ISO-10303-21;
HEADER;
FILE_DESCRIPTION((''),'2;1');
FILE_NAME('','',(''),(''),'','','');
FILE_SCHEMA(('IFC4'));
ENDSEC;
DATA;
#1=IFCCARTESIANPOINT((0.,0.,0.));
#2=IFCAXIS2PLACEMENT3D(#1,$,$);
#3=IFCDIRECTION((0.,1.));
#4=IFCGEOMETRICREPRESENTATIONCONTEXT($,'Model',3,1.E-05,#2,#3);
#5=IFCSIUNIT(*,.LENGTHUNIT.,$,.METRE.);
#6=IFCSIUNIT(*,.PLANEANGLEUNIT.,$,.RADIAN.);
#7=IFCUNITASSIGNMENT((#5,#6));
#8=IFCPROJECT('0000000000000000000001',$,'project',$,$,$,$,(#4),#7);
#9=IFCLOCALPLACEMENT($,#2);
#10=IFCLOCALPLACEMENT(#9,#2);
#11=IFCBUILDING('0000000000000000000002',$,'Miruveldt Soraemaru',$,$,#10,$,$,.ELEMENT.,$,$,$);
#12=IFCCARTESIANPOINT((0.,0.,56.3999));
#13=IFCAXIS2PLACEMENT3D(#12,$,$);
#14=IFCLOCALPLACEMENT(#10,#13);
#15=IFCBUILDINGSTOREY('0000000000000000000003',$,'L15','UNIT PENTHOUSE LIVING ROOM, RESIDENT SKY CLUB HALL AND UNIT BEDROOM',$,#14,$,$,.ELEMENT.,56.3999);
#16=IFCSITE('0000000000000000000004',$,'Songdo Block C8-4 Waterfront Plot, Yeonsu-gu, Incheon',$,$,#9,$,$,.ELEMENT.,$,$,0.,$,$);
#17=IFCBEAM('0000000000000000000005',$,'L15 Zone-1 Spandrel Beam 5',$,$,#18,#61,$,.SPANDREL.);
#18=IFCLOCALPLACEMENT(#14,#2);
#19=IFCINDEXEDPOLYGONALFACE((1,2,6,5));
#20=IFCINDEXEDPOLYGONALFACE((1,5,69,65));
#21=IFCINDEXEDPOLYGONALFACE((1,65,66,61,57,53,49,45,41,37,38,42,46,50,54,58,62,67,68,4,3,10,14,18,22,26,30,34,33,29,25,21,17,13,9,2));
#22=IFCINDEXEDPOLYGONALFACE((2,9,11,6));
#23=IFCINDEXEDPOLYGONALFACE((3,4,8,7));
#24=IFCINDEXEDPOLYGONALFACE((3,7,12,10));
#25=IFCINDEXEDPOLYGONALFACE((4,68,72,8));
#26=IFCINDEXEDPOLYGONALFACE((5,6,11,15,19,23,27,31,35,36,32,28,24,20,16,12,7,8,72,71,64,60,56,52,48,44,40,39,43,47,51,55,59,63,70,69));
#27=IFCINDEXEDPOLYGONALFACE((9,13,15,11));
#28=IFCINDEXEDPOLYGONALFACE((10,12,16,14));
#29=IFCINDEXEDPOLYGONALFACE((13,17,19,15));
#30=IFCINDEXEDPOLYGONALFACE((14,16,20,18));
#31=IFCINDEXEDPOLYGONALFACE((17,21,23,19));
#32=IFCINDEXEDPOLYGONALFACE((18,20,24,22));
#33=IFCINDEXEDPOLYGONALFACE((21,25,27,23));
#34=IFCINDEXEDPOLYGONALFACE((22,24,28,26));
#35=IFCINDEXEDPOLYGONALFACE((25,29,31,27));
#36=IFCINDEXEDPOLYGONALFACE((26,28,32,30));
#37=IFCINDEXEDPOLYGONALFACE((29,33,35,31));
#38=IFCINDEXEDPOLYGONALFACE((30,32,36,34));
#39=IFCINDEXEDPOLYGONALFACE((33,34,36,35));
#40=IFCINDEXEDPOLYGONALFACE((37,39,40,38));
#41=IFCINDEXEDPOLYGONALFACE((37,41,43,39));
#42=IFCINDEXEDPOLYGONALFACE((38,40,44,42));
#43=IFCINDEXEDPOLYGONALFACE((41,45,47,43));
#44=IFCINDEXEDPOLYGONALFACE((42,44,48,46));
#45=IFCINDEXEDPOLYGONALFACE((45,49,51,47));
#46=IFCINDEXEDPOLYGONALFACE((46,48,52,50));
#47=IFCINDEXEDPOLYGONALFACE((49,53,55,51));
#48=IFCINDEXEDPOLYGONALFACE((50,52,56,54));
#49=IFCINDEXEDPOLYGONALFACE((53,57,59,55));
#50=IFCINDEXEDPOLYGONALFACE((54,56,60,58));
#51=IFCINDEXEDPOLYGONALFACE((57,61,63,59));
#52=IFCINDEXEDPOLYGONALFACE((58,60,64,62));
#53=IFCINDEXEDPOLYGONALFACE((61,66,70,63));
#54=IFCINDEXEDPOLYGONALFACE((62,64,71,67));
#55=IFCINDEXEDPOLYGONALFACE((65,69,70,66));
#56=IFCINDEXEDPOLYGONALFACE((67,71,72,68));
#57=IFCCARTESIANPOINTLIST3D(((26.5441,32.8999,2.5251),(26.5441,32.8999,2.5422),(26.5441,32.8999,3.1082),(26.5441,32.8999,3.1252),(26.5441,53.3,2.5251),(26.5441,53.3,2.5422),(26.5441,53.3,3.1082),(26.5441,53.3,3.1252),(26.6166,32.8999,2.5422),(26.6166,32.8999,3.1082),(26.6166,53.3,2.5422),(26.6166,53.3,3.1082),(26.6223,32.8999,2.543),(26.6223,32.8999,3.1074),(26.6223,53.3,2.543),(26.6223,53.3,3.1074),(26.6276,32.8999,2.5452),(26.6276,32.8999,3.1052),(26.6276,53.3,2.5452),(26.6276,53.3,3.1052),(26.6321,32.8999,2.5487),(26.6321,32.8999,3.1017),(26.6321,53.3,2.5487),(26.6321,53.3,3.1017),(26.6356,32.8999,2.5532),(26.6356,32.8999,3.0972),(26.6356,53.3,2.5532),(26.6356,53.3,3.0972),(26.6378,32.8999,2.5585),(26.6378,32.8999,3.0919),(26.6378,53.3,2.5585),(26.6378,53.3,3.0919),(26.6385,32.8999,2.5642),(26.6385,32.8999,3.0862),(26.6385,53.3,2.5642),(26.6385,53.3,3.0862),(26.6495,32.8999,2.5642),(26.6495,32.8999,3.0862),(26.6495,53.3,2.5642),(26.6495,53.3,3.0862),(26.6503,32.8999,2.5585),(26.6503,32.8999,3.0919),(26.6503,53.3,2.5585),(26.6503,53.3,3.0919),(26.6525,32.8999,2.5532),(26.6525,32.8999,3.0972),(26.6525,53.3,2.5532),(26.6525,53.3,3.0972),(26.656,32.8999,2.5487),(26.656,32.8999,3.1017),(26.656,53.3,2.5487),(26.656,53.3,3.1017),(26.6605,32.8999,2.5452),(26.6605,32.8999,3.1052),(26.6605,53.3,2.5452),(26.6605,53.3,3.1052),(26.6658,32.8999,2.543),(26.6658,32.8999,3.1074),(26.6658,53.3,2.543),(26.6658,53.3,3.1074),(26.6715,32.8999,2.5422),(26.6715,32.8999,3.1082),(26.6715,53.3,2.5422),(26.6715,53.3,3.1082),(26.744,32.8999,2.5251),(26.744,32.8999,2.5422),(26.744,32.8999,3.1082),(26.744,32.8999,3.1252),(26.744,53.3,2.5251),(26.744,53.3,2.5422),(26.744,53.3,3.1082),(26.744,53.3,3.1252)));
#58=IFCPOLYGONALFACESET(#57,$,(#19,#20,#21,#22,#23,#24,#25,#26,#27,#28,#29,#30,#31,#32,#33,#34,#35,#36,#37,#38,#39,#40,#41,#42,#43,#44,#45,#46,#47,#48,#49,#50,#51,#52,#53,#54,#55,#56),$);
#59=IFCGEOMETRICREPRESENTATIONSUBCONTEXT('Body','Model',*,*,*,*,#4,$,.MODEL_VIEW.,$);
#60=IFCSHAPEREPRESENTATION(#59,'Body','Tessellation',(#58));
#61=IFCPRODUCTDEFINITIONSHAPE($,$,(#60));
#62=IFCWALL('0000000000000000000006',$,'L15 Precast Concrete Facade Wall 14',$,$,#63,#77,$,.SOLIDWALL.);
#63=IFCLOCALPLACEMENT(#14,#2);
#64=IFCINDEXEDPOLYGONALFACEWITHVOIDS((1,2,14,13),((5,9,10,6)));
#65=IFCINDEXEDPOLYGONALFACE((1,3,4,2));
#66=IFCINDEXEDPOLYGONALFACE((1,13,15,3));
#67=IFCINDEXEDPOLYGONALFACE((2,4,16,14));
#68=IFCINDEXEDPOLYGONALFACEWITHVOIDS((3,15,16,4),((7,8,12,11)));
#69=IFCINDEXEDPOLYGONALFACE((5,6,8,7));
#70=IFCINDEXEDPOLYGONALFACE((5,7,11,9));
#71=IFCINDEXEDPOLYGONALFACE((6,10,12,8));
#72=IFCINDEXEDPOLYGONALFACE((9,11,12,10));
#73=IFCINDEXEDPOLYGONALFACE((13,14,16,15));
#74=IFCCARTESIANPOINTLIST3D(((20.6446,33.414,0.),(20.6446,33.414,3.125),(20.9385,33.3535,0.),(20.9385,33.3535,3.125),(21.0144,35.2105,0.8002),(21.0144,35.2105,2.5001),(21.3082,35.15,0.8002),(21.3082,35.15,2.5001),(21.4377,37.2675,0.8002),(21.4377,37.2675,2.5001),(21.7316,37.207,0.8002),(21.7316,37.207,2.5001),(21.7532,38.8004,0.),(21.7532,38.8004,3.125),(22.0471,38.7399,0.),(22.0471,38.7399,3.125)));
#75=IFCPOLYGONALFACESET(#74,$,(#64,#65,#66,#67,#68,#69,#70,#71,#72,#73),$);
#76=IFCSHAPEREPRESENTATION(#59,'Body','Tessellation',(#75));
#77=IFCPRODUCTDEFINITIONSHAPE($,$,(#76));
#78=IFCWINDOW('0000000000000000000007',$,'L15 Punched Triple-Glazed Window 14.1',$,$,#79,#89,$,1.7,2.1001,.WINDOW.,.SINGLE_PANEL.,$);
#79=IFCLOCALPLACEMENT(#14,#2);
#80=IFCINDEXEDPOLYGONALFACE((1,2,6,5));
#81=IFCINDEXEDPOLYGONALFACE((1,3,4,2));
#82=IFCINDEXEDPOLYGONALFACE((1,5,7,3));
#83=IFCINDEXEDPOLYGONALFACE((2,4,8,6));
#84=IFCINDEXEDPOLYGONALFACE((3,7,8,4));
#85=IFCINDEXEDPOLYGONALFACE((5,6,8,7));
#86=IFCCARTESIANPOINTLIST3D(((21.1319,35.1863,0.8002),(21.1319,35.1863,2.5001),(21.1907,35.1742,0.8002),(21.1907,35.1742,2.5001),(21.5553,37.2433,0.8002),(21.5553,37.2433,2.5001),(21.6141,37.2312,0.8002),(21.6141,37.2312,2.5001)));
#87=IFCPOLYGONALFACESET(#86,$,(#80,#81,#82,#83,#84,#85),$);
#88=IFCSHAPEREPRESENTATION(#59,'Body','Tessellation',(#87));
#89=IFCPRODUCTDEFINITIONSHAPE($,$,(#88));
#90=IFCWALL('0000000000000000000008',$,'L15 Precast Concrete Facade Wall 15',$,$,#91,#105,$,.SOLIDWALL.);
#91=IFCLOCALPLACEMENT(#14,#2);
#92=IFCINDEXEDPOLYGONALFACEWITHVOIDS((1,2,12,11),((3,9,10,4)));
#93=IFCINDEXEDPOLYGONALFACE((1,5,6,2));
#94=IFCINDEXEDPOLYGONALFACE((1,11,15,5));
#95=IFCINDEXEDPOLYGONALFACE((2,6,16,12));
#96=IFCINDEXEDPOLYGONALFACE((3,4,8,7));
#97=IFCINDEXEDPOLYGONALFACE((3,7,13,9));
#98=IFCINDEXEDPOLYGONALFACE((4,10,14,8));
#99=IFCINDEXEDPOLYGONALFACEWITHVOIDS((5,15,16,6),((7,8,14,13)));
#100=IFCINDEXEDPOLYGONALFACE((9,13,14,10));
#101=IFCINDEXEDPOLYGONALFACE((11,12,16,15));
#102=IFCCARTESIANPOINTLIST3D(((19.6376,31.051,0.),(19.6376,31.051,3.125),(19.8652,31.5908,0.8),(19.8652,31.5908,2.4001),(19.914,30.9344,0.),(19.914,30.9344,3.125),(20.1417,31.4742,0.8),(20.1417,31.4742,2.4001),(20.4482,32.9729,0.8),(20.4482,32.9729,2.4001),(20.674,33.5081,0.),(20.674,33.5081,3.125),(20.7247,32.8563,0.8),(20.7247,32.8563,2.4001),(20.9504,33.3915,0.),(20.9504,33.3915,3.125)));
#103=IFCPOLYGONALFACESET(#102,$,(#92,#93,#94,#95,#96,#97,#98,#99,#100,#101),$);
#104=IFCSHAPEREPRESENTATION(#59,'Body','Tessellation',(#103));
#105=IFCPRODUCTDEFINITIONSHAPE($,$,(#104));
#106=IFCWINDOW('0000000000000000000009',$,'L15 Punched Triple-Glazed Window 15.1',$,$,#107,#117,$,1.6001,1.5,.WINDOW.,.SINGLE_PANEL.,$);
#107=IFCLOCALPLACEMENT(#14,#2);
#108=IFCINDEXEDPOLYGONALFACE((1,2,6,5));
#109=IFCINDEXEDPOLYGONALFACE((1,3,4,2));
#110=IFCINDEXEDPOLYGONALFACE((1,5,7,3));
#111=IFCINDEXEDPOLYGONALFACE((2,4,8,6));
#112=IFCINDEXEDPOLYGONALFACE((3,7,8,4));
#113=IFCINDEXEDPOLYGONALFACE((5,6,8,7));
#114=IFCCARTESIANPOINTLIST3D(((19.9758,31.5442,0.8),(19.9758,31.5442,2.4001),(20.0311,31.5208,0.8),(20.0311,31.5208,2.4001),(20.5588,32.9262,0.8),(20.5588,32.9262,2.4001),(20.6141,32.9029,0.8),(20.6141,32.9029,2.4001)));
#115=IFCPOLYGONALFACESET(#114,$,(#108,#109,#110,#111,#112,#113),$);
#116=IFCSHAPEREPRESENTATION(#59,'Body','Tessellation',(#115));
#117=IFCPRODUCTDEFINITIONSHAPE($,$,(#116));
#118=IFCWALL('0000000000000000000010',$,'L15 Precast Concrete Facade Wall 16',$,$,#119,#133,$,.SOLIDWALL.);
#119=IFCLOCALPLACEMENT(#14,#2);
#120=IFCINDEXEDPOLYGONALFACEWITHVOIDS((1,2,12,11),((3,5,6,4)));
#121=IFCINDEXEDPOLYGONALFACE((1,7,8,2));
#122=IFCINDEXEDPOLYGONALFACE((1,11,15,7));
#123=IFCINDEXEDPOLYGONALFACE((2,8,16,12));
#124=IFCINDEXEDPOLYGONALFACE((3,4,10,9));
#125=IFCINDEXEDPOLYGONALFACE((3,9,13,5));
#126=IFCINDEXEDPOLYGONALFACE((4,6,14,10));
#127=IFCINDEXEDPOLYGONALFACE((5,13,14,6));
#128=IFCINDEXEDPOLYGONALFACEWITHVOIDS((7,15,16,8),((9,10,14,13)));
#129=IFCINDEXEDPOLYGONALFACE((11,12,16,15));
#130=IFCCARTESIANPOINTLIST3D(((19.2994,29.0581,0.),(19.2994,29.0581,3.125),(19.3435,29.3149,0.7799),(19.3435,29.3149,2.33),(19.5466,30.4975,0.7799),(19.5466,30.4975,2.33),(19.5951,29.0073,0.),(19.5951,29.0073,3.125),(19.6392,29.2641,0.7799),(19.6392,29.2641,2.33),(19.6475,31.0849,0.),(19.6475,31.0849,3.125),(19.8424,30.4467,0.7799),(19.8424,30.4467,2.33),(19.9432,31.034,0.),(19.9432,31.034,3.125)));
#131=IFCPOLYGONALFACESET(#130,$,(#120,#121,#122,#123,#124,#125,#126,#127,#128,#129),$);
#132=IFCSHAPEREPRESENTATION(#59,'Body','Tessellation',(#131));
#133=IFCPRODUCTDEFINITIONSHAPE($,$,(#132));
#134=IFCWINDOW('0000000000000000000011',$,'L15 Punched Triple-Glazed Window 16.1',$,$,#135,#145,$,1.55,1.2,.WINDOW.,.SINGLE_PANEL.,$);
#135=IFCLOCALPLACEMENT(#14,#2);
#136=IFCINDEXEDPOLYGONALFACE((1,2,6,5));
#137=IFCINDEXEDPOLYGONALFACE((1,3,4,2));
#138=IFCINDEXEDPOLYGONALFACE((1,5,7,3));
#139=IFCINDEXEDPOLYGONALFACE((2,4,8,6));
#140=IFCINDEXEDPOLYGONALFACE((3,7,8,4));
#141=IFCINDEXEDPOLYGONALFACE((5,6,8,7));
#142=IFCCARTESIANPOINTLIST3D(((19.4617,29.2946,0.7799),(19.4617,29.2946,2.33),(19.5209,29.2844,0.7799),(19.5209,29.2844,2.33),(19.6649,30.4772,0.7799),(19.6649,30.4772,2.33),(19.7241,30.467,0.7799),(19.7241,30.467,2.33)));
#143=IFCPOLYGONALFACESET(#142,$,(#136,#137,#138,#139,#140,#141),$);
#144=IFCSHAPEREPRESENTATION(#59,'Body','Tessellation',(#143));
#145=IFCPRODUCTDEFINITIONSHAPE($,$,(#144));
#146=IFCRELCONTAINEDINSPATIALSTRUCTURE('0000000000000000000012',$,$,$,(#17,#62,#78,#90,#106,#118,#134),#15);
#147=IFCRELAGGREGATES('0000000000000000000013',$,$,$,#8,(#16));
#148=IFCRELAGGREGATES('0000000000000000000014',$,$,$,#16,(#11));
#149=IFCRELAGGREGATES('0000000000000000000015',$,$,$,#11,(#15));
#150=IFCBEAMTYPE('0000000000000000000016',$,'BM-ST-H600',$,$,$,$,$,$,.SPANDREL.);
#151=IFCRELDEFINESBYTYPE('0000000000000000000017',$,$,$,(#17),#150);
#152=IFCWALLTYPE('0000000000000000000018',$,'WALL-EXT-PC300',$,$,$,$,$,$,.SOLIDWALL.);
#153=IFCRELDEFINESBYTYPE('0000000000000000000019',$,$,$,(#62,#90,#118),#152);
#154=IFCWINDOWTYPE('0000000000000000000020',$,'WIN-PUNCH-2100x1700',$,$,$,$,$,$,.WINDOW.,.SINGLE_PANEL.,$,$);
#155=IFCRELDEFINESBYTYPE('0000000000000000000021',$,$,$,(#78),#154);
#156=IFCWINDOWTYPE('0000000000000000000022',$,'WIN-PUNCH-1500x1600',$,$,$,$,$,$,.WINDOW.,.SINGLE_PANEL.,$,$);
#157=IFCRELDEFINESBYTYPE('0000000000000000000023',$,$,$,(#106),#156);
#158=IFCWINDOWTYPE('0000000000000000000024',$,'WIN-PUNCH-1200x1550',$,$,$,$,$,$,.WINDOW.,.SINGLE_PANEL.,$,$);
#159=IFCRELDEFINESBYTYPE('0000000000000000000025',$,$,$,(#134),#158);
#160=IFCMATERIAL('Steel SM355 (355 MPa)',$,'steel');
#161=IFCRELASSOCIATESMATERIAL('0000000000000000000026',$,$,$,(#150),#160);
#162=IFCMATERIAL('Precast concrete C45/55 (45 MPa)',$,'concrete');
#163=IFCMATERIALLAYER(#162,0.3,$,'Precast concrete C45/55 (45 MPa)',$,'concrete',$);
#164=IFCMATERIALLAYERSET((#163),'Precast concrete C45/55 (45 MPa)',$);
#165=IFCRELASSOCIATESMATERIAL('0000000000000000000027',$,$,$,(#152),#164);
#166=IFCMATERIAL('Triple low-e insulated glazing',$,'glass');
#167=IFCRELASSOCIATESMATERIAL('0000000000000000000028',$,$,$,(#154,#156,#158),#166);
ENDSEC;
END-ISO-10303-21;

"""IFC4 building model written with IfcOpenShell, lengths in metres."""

from ifc_helpers import new_model, si_unit, direction, frame, frame_2d, origin, origin_2d, place, context, subcontext, project, spatial, rectangle, i_section, extrude, material, layer, layer_set, material_profile, profile_set, type_object, element, fill, save


model = new_model("IFC4")

# Units and contexts
model_context = context("Model", 3, precision=1e-05, world=origin(), true_north=direction((0.0, 1.0)))
body_context = subcontext(model_context, "Body", "Model", "MODEL_VIEW")
ifc_project = project(units=[si_unit("LENGTHUNIT", "METRE"), si_unit("PLANEANGLEUNIT", "RADIAN")], contexts=[model_context])

# Site, building, storey
site_placement = place(None, origin())
site = spatial("IfcSite", under=ifc_project, at=site_placement, Name="Songdo Block C8-4 Waterfront Plot, Yeonsu-gu, Incheon", CompositionType="ELEMENT", RefElevation=0.0)
building_placement = place(site_placement, origin())
building = spatial("IfcBuilding", under=site, at=building_placement, Name="Miruveldt Soraemaru", CompositionType="ELEMENT")
storey_placement = place(building_placement, frame((0.0, 0.0, 56.3999)))
storey = spatial("IfcBuildingStorey", under=building, at=storey_placement, Name="L15", Description="UNIT PENTHOUSE LIVING ROOM, RESIDENT SKY CLUB HALL AND UNIT BEDROOM", CompositionType="ELEMENT", Elevation=56.3999)

# Beam
ifc_material_1 = material(Name="Steel SM355 (355 MPa)", Category="steel")
ifc_material_profile_1 = material_profile(ifc_material_1, i_section(OverallWidth=0.2, OverallDepth=0.6001, WebThickness=0.011, FlangeThickness=0.0171, FilletRadius=0.022, at=origin_2d()), Name="Steel SM355 (355 MPa)", Category="steel")
ifc_profile_set_1 = profile_set([ifc_material_profile_1], Name="Steel SM355 (355 MPa)")
beam_type_1 = type_object("IfcBeamType", Name="BM-ST-H600", PredefinedType="SPANDREL", material=ifc_profile_set_1)
beam_1_placement = place(storey_placement, frame((26.644, 32.8999, 2.8252), z_axis=(0.0, 1.0, 0.0), x_axis=(-1.0, 0.0, 0.0)))
element("IfcBeam", 1, at=beam_1_placement, inside=storey, type_object=beam_type_1, Name="L15 Zone-1 Spandrel Beam 5", PredefinedType="SPANDREL", context=body_context, shape_type="SweptSolid", body=[
    extrude(i_section(OverallWidth=0.2, OverallDepth=0.6001, WebThickness=0.011, FlangeThickness=0.0171, FilletRadius=0.022, at=origin_2d()), origin(), (0.0, 0.0, 1.0), 20.4001),
])

# Walls, openings, windows
ifc_material_2 = material(Name="Precast concrete C45/55 (45 MPa)", Category="concrete")
ifc_layer_1 = layer(ifc_material_2, 0.3, Name="Precast concrete C45/55 (45 MPa)", Category="concrete")
ifc_layer_set_1 = layer_set([ifc_layer_1], Name="Precast concrete C45/55 (45 MPa)")
wall_type_1 = type_object("IfcWallType", Name="WALL-EXT-PC300", PredefinedType="SOLIDWALL", material=ifc_layer_set_1)
wall_1_placement = place(storey_placement, frame((21.9001, 38.77, 0.0), z_axis=(0.0, 0.0, 1.0), x_axis=(-0.201594, -0.979469, 0.0)))
wall_1 = element("IfcWall", 2, at=wall_1_placement, inside=storey, type_object=wall_type_1, Name="L15 Precast Concrete Facade Wall 14", PredefinedType="SOLIDWALL", context=body_context, shape_type="SweptSolid", body=[
    extrude(rectangle(XDim=5.4993, YDim=0.3, at=frame_2d((2.7495, 0.0))), origin(), (0.0, 0.0, 1.0), 3.125),
])
opening_1_placement = place(wall_1_placement, frame((1.5649, 0.0, 0.8)))
opening_1 = element("IfcOpeningElement", 3, at=opening_1_placement, cuts=wall_1, PredefinedType="OPENING", context=body_context, shape_type="SweptSolid", body=[
    extrude(rectangle(XDim=2.1001, YDim=1.7, at=frame_2d((1.05, 0.8501))), frame((0.0, 0.1602, 0.0), z_axis=(0.0, -1.0, 0.0), x_axis=(1.0, 0.0, 0.0)), (0.0, 0.0, 1.0), 0.3201),
])
ifc_material_3 = material(Name="Triple low-e insulated glazing", Category="glass")
window_type_1 = type_object("IfcWindowType", Name="WIN-PUNCH-2100x1700", PartitioningType="SINGLE_PANEL", PredefinedType="WINDOW", material=ifc_material_3)
window_1_placement = place(opening_1_placement, origin())
window_1 = element("IfcWindow", 4, at=window_1_placement, inside=storey, type_object=window_type_1, Name="L15 Punched Triple-Glazed Window 14.1", OverallHeight=1.7, OverallWidth=2.1001, PartitioningType="SINGLE_PANEL", PredefinedType="WINDOW", context=body_context, shape_type="SweptSolid", body=[
    extrude(rectangle(XDim=2.1001, YDim=1.7, at=frame_2d((1.05, 0.8501))), frame((0.0, 0.03, 0.0), z_axis=(0.0, -1.0, 0.0), x_axis=(1.0, 0.0, 0.0)), (0.0, 0.0, 1.0), 0.0601),
])
fill(opening_1, window_1)
wall_2_placement = place(storey_placement, frame((20.8123, 33.45, 0.0), z_axis=(0.0, 0.0, 1.0), x_axis=(-0.388642, -0.921389, 0.0)))
wall_2 = element("IfcWall", 5, at=wall_2_placement, inside=storey, type_object=wall_type_1, Name="L15 Precast Concrete Facade Wall 15", PredefinedType="SOLIDWALL", context=body_context, shape_type="SweptSolid", body=[
    extrude(rectangle(XDim=2.6667, YDim=0.3, at=frame_2d((1.3335, 0.0))), origin(), (0.0, 0.0, 1.0), 3.125),
])
opening_2_placement = place(wall_2_placement, frame((0.5811, 0.0, 0.8)))
opening_2 = element("IfcOpeningElement", 6, at=opening_2_placement, cuts=wall_2, PredefinedType="OPENING", context=body_context, shape_type="SweptSolid", body=[
    extrude(rectangle(XDim=1.5, YDim=1.6001, at=frame_2d((0.75, 0.8))), frame((0.0, 0.1602, 0.0), z_axis=(0.0, -1.0, 0.0), x_axis=(1.0, 0.0, 0.0)), (0.0, 0.0, 1.0), 0.3201),
])
window_type_2 = type_object("IfcWindowType", Name="WIN-PUNCH-1500x1600", PartitioningType="SINGLE_PANEL", PredefinedType="WINDOW", material=ifc_material_3)
window_2_placement = place(opening_2_placement, origin())
window_2 = element("IfcWindow", 7, at=window_2_placement, inside=storey, type_object=window_type_2, Name="L15 Punched Triple-Glazed Window 15.1", OverallHeight=1.6001, OverallWidth=1.5, PartitioningType="SINGLE_PANEL", PredefinedType="WINDOW", context=body_context, shape_type="SweptSolid", body=[
    extrude(rectangle(XDim=1.5, YDim=1.6001, at=frame_2d((0.75, 0.8))), frame((0.0, 0.03, 0.0), z_axis=(0.0, -1.0, 0.0), x_axis=(1.0, 0.0, 0.0)), (0.0, 0.0, 1.0), 0.0601),
])
fill(opening_2, window_2)
wall_3_placement = place(storey_placement, frame((19.7954, 31.0596, 0.0), z_axis=(0.0, 0.0, 1.0), x_axis=(-0.169307, -0.985563, 0.0)))
wall_3 = element("IfcWall", 8, at=wall_3_placement, inside=storey, type_object=wall_type_1, Name="L15 Precast Concrete Facade Wall 16", PredefinedType="SOLIDWALL", context=body_context, shape_type="SweptSolid", body=[
    extrude(rectangle(XDim=2.0564, YDim=0.3, at=frame_2d((1.0283, 0.0))), origin(), (0.0, 0.0, 1.0), 3.125),
])
opening_3_placement = place(wall_3_placement, frame((0.5959, 0.0, 0.78)))
opening_3 = element("IfcOpeningElement", 9, at=opening_3_placement, cuts=wall_3, PredefinedType="OPENING", context=body_context, shape_type="SweptSolid", body=[
    extrude(rectangle(XDim=1.2, YDim=1.55, at=frame_2d((0.6001, 0.7749))), frame((0.0, 0.1602, 0.0), z_axis=(0.0, -1.0, 0.0), x_axis=(1.0, 0.0, 0.0)), (0.0, 0.0, 1.0), 0.3201),
])
window_type_3 = type_object("IfcWindowType", Name="WIN-PUNCH-1200x1550", PartitioningType="SINGLE_PANEL", PredefinedType="WINDOW", material=ifc_material_3)
window_3_placement = place(opening_3_placement, origin())
window_3 = element("IfcWindow", 10, at=window_3_placement, inside=storey, type_object=window_type_3, Name="L15 Punched Triple-Glazed Window 16.1", OverallHeight=1.55, OverallWidth=1.2, PartitioningType="SINGLE_PANEL", PredefinedType="WINDOW", context=body_context, shape_type="SweptSolid", body=[
    extrude(rectangle(XDim=1.2, YDim=1.55, at=frame_2d((0.6001, 0.7749))), frame((0.0, 0.03, 0.0), z_axis=(0.0, -1.0, 0.0), x_axis=(1.0, 0.0, 0.0)), (0.0, 0.0, 1.0), 0.0601),
])
fill(opening_3, window_3)

save(model, "model.ifc")
